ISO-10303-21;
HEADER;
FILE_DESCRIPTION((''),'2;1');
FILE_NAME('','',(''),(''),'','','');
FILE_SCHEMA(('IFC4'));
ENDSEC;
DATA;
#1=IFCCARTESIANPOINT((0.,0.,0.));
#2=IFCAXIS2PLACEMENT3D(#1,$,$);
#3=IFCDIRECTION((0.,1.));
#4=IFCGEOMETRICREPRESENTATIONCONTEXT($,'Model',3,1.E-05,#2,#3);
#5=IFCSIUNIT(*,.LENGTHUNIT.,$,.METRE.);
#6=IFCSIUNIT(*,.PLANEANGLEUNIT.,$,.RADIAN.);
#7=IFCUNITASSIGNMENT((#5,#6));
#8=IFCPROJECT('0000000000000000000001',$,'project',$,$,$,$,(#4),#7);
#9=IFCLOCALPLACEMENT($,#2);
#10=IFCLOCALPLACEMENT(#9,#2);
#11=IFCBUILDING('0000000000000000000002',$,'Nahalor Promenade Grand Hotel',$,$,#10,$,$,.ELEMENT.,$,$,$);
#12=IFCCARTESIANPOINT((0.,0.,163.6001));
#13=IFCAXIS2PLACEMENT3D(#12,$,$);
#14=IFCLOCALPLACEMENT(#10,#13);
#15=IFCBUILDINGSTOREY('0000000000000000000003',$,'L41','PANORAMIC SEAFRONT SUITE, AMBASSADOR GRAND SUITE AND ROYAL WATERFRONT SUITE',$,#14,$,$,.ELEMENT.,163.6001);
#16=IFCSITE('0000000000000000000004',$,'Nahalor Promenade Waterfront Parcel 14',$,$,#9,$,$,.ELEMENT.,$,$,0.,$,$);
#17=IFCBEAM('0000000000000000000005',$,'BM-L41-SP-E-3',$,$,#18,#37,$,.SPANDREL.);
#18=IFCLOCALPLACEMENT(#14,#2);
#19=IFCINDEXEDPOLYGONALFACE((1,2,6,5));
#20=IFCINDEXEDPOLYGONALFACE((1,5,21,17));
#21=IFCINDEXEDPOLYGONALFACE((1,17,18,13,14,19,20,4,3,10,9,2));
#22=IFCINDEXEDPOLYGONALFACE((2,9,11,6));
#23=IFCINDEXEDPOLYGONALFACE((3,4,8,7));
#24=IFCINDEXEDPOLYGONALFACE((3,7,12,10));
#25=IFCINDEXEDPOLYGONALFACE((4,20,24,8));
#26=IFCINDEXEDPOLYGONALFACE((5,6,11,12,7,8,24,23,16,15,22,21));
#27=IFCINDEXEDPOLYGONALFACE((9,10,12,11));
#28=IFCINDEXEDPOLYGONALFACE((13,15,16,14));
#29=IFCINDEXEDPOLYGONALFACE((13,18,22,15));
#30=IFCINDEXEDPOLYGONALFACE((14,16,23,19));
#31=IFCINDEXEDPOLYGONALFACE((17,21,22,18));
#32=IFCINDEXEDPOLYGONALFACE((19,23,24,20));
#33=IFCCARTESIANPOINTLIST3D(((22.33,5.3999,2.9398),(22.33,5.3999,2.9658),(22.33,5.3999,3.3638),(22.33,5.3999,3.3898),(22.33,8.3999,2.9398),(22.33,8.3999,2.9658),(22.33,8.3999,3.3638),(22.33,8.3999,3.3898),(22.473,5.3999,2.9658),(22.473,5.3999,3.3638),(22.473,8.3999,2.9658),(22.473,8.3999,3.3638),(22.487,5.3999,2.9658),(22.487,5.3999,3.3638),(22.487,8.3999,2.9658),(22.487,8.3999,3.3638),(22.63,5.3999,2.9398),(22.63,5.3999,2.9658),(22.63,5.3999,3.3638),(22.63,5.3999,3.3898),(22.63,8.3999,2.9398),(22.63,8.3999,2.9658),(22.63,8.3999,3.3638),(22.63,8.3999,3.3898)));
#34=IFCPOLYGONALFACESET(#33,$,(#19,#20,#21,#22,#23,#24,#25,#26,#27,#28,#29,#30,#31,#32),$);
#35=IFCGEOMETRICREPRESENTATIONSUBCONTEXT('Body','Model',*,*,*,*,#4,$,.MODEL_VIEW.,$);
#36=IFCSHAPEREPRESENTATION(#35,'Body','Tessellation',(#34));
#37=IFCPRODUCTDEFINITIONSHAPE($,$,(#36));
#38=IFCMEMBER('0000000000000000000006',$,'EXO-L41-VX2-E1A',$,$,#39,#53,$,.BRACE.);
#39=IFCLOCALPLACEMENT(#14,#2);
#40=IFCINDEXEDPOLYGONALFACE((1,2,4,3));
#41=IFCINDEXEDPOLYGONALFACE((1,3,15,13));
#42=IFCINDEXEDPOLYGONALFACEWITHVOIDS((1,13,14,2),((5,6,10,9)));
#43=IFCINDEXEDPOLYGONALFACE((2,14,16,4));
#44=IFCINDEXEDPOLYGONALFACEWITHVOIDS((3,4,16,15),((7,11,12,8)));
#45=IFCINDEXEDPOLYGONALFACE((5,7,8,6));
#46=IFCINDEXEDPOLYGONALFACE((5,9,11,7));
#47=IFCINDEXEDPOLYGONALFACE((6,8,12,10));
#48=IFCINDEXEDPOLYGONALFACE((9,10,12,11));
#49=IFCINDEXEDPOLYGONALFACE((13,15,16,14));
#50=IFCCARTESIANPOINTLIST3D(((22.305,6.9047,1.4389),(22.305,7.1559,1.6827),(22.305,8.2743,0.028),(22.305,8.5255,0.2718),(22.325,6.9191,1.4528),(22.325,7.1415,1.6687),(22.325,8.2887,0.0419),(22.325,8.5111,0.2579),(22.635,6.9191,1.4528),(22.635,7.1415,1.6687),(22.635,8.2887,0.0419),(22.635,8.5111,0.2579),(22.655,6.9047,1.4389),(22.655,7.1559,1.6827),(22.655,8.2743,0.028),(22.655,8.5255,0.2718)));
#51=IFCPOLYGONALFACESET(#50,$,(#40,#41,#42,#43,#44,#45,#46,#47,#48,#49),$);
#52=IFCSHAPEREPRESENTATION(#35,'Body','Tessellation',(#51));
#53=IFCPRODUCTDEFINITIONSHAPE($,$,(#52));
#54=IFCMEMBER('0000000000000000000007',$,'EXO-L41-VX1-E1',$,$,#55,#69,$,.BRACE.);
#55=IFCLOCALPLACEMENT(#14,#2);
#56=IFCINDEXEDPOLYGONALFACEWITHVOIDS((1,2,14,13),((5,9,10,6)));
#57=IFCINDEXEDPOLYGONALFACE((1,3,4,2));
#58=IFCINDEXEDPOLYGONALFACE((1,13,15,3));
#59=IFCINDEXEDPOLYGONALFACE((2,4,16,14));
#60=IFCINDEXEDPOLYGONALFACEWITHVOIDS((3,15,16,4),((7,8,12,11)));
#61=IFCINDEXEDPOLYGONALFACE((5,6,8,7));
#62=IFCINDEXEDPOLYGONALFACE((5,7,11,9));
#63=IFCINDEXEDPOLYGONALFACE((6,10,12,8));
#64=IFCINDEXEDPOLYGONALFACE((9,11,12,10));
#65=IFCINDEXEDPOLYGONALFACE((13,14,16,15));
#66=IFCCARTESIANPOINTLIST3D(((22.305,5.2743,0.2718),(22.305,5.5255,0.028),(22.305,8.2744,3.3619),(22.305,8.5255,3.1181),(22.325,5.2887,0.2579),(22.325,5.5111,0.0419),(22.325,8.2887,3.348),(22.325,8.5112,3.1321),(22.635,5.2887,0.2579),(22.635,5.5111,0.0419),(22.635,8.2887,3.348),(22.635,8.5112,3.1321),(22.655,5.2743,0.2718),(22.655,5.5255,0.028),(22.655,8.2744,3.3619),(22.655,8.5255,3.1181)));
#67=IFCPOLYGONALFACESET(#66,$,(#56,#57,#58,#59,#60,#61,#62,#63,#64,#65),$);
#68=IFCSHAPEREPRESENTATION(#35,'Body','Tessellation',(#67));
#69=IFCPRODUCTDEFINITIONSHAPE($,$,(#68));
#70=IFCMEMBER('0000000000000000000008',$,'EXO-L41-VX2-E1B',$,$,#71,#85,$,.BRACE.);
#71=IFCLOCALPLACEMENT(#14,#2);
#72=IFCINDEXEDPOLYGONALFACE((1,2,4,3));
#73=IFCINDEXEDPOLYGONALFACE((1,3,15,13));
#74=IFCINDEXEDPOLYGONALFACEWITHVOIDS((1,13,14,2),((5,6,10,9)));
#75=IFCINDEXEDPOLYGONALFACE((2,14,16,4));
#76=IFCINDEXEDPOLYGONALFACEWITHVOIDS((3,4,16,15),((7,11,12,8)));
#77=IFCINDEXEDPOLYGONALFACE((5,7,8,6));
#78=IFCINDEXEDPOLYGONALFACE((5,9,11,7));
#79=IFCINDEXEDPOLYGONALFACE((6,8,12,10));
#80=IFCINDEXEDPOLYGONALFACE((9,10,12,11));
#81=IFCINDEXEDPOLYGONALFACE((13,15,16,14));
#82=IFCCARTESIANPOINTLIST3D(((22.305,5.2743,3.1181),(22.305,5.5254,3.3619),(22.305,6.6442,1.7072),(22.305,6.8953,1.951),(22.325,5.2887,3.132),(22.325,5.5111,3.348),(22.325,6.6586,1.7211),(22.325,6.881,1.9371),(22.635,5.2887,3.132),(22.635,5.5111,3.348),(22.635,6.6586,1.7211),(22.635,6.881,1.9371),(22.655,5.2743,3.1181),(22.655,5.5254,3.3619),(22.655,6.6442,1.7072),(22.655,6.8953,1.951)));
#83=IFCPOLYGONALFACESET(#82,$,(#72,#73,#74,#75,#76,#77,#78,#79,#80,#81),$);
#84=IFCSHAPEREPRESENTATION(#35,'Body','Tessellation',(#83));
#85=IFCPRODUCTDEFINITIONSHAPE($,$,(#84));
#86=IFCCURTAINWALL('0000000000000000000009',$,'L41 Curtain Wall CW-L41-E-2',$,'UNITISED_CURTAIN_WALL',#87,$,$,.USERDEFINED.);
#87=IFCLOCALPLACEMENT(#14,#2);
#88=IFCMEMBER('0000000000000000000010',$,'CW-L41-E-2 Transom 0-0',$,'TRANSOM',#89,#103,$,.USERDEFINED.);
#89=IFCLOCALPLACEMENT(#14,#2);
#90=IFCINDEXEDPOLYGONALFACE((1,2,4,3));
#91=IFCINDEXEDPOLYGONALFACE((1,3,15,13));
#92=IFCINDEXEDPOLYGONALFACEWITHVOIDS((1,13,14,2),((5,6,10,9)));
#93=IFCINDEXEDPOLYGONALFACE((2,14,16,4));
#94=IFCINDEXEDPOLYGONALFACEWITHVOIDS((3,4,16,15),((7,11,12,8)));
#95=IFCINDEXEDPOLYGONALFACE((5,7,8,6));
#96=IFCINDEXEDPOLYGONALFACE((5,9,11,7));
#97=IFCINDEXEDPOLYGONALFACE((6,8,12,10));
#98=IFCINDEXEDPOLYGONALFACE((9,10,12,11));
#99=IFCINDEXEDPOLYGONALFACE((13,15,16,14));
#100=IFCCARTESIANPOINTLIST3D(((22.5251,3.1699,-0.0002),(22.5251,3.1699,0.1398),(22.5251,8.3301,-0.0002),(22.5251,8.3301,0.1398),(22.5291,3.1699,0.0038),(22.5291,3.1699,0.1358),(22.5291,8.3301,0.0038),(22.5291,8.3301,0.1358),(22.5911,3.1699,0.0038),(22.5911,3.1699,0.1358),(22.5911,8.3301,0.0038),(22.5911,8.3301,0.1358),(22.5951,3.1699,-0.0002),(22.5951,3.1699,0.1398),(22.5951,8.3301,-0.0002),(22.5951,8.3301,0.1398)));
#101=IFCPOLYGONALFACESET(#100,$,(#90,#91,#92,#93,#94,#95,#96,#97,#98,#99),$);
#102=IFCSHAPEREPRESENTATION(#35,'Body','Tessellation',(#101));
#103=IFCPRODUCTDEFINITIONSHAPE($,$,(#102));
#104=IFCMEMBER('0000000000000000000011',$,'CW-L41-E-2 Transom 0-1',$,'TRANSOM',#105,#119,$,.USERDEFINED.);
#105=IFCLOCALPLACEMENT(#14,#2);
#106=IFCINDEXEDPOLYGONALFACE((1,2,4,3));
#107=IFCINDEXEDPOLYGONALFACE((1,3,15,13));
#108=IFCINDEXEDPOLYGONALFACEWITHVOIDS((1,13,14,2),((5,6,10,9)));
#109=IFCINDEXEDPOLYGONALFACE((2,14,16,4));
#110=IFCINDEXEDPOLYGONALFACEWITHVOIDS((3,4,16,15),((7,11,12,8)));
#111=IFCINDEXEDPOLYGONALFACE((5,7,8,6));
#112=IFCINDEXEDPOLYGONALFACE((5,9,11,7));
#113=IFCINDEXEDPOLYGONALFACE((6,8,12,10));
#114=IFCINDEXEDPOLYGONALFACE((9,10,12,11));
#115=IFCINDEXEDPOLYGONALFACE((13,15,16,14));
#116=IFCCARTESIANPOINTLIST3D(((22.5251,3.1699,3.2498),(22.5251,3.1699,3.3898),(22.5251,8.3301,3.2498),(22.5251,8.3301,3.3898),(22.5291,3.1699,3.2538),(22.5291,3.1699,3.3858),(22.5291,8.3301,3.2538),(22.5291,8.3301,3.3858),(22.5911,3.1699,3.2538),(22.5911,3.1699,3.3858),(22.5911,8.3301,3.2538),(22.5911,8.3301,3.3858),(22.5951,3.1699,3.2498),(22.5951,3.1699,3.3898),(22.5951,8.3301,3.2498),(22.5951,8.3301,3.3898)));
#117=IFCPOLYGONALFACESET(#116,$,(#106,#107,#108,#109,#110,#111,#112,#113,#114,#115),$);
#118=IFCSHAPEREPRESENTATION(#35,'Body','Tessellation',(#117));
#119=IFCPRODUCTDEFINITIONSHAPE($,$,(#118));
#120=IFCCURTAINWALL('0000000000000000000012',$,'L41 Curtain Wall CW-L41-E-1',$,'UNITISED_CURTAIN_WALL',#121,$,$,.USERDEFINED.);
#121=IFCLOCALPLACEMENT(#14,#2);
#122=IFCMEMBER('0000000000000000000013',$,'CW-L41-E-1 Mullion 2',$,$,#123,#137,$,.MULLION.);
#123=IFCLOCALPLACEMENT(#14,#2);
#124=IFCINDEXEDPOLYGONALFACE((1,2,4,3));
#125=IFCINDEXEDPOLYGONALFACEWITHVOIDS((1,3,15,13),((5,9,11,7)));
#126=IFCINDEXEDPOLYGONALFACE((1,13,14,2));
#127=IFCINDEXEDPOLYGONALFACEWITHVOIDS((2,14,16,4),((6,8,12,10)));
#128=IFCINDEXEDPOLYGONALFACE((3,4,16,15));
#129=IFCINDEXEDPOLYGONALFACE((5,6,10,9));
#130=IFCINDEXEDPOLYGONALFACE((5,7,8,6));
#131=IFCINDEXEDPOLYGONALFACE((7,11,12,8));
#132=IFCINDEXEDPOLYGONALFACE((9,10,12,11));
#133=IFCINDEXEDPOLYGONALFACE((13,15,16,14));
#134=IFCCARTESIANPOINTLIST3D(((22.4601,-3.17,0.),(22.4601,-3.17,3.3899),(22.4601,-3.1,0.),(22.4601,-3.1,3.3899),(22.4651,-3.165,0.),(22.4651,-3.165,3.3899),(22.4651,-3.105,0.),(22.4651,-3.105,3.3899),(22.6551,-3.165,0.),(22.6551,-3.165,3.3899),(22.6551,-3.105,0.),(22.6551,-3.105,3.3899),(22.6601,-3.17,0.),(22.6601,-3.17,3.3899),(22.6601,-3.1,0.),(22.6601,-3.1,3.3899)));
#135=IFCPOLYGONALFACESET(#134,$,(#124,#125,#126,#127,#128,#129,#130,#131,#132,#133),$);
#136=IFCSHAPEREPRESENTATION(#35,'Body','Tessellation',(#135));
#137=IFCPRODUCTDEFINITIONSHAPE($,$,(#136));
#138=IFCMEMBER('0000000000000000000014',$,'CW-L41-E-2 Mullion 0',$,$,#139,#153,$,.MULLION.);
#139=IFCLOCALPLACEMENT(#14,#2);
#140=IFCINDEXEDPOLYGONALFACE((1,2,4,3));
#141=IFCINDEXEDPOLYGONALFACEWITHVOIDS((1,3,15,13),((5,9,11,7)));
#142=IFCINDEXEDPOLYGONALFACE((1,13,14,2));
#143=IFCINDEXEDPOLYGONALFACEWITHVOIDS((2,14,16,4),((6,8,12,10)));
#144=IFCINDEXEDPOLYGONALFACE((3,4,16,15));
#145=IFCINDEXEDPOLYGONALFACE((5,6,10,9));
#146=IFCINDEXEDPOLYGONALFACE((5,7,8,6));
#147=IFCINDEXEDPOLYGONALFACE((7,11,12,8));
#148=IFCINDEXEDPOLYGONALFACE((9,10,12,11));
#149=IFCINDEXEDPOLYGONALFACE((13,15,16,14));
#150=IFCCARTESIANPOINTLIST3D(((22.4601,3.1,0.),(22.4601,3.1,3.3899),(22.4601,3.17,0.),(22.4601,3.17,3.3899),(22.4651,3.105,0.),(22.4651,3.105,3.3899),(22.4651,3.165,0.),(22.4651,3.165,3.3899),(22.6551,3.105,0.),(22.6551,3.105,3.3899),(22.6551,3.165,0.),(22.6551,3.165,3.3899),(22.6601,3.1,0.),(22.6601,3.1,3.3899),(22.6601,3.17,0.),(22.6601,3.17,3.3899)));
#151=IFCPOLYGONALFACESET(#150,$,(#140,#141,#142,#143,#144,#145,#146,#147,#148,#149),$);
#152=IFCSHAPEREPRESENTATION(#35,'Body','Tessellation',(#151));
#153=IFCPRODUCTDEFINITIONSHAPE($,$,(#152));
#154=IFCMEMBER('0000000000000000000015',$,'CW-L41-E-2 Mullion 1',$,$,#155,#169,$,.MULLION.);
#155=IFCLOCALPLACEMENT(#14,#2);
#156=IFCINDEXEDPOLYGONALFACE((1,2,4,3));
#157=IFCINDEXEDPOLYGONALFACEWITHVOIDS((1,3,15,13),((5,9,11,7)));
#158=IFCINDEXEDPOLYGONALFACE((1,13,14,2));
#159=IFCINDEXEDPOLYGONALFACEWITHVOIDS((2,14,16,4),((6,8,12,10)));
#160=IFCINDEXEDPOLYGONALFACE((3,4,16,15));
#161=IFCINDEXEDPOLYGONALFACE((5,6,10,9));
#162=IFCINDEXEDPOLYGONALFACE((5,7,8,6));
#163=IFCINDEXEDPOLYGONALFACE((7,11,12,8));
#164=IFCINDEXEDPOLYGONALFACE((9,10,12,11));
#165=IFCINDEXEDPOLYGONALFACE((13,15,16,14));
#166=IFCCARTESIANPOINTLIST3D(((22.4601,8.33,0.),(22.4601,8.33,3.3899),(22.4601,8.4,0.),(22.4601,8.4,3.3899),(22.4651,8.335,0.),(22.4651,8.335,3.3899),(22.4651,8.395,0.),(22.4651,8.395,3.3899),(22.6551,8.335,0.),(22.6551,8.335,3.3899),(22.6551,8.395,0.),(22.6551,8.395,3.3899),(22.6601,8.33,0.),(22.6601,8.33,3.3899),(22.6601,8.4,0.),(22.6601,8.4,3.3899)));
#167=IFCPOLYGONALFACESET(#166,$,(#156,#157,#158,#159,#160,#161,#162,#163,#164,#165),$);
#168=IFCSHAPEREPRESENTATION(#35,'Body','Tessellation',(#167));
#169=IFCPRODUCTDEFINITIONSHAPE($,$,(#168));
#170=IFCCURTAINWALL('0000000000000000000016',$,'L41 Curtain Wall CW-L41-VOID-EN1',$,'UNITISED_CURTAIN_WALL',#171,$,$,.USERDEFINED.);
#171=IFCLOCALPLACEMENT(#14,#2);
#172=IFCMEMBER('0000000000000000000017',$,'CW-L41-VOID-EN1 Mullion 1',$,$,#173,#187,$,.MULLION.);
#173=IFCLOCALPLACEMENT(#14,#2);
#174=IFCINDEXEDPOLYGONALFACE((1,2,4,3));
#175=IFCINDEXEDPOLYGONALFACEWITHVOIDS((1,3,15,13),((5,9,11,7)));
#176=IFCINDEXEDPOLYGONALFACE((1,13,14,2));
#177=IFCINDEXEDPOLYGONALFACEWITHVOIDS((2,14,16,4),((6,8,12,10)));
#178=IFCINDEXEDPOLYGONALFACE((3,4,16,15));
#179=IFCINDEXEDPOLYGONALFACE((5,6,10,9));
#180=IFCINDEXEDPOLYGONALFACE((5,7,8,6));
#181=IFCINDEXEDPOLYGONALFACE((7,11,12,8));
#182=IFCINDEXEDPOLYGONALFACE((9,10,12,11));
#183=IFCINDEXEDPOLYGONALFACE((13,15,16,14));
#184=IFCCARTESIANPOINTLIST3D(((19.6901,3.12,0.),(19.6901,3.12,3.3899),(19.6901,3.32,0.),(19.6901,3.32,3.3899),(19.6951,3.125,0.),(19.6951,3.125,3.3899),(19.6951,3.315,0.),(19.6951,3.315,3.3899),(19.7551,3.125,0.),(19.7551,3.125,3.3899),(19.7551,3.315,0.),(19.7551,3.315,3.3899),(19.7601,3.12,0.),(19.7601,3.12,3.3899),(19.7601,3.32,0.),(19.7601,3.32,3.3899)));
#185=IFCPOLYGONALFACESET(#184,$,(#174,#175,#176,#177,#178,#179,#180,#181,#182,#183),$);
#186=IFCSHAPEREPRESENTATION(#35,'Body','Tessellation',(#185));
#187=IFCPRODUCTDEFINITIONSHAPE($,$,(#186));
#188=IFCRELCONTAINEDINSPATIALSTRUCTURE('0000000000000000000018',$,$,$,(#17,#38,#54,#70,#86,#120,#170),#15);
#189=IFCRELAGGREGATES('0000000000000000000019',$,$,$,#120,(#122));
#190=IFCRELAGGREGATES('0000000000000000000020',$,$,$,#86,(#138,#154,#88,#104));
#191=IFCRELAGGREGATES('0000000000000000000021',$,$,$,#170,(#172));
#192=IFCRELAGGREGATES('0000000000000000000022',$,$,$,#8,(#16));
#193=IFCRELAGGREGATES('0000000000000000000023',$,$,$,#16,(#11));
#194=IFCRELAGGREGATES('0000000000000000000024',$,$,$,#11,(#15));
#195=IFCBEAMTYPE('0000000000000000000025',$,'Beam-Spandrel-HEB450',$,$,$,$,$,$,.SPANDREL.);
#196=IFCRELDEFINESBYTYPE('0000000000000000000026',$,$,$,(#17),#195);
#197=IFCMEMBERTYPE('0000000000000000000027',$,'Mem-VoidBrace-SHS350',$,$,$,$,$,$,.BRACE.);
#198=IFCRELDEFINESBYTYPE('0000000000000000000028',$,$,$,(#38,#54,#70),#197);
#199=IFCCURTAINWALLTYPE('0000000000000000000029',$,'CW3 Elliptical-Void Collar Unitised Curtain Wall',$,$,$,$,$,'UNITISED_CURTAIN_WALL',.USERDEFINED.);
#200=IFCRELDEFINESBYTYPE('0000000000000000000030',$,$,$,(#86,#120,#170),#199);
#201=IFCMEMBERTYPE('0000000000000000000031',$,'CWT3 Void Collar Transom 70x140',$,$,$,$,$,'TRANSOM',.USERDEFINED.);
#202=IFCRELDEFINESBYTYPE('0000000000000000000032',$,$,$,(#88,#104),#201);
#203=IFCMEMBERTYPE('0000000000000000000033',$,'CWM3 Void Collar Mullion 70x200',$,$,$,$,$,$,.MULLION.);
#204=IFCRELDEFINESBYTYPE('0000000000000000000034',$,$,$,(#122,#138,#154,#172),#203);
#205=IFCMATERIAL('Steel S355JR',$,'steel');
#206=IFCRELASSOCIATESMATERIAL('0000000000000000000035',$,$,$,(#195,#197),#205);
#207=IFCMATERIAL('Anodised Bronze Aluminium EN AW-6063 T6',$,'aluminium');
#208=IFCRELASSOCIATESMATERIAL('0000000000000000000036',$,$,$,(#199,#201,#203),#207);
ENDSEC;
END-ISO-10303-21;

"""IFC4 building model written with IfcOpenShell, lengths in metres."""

from ifc_helpers import new_model, si_unit, direction, frame, origin, origin_2d, place, context, subcontext, project, spatial, hollow_rectangle, i_section, extrude, source, transform, mapped, material, material_profile, profile_set, type_object, element, aggregate, save


model = new_model("IFC4")

# Units and contexts
model_context = context("Model", 3, precision=1e-05, world=origin(), true_north=direction((0.0, 1.0)))
body_context = subcontext(model_context, "Body", "Model", "MODEL_VIEW")
ifc_project = project(units=[si_unit("LENGTHUNIT", "METRE"), si_unit("PLANEANGLEUNIT", "RADIAN")], contexts=[model_context])

# Site, building, storey
site_placement = place(None, origin())
site = spatial("IfcSite", under=ifc_project, at=site_placement, Name="Nahalor Promenade Waterfront Parcel 14", CompositionType="ELEMENT", RefElevation=0.0)
building_placement = place(site_placement, origin())
building = spatial("IfcBuilding", under=site, at=building_placement, Name="Nahalor Promenade Grand Hotel", CompositionType="ELEMENT")
storey_placement = place(building_placement, frame((0.0, 0.0, 163.6001)))
storey = spatial("IfcBuildingStorey", under=building, at=storey_placement, Name="L41", Description="PANORAMIC SEAFRONT SUITE, AMBASSADOR GRAND SUITE AND ROYAL WATERFRONT SUITE", CompositionType="ELEMENT", Elevation=163.6001)

# Beam
ifc_material_1 = material(Name="Steel S355JR", Category="steel")
ifc_material_profile_1 = material_profile(ifc_material_1, i_section(OverallWidth=0.3, OverallDepth=0.45, WebThickness=0.014, FlangeThickness=0.026, at=origin_2d()), Name="HEB 450")
ifc_profile_set_1 = profile_set([ifc_material_profile_1], Name="Steel S355JR")
beam_type_1 = type_object("IfcBeamType", Name="Beam-Spandrel-HEB450", PredefinedType="SPANDREL", material=ifc_profile_set_1)
shared_shape_1 = source(origin(), body_context, "Body", "SweptSolid", [
    extrude(i_section(OverallWidth=0.3, OverallDepth=0.45, WebThickness=0.014, FlangeThickness=0.026, at=origin_2d()), origin(), (0.0, 0.0, 1.0), 3.0),
])
beam_1_placement = place(storey_placement, frame((22.48, 5.3999, 3.1648), z_axis=(0.0, 1.0, 0.0), x_axis=(-1.0, 0.0, 0.0)))
element("IfcBeam", 1, at=beam_1_placement, inside=storey, type_object=beam_type_1, Name="BM-L41-SP-E-3", PredefinedType="SPANDREL", context=body_context, shape_type="MappedRepresentation", body=[
    mapped(shared_shape_1, transform((0.0, 0.0, 0.0), scale=1.0)),
])

# Members
ifc_material_profile_2 = material_profile(ifc_material_1, hollow_rectangle(XDim=0.35, YDim=0.35, WallThickness=0.02, at=origin_2d()), Name="SHS 350x350x20")
ifc_profile_set_2 = profile_set([ifc_material_profile_2], Name="Steel S355JR")
member_type_1 = type_object("IfcMemberType", Name="Mem-VoidBrace-SHS350", PredefinedType="BRACE", material=ifc_profile_set_2)
shared_shape_2 = source(origin(), body_context, "Body", "SweptSolid", [
    extrude(hollow_rectangle(XDim=0.35, YDim=0.35, WallThickness=0.02, at=origin_2d()), origin(), (0.0, 0.0, 1.0), 1.9663),
])
member_1_placement = place(storey_placement, frame((22.48, 8.3999, 0.1499), z_axis=(0.0, -0.696537, 0.71752), x_axis=(1.0, 0.0, 0.0)))
element("IfcMember", 2, at=member_1_placement, inside=storey, type_object=member_type_1, Name="EXO-L41-VX2-E1A", PredefinedType="BRACE", context=body_context, shape_type="MappedRepresentation", body=[
    mapped(shared_shape_2, transform((0.0, 0.0, 0.0), scale=1.0)),
])
shared_shape_3 = source(origin(), body_context, "Body", "SweptSolid", [
    extrude(hollow_rectangle(XDim=0.35, YDim=0.35, WallThickness=0.02, at=origin_2d()), origin(), (0.0, 0.0, 1.0), 4.3069),
])
member_2_placement = place(storey_placement, frame((22.48, 5.3999, 0.1499), z_axis=(0.0, 0.696571, 0.717488), x_axis=(-1.0, 0.0, 0.0)))
element("IfcMember", 3, at=member_2_placement, inside=storey, type_object=member_type_1, Name="EXO-L41-VX1-E1", PredefinedType="BRACE", context=body_context, shape_type="MappedRepresentation", body=[
    mapped(shared_shape_3, transform((0.0, 0.0, 0.0), scale=1.0)),
])
shared_shape_4 = source(origin(), body_context, "Body", "SweptSolid", [
    extrude(hollow_rectangle(XDim=0.35, YDim=0.35, WallThickness=0.02, at=origin_2d()), origin(), (0.0, 0.0, 1.0), 1.9666),
])
member_3_placement = place(storey_placement, frame((22.48, 6.7698, 1.8291), z_axis=(0.0, -0.696601, 0.717458), x_axis=(1.0, 0.0, 0.0)))
element("IfcMember", 4, at=member_3_placement, inside=storey, type_object=member_type_1, Name="EXO-L41-VX2-E1B", PredefinedType="BRACE", context=body_context, shape_type="MappedRepresentation", body=[
    mapped(shared_shape_4, transform((0.0, 0.0, 0.0), scale=1.0)),
])

# Curtain wall, members
ifc_material_2 = material(Name="Anodised Bronze Aluminium EN AW-6063 T6", Category="aluminium")
curtain_wall_type = type_object("IfcCurtainWallType", Name="CW3 Elliptical-Void Collar Unitised Curtain Wall", ElementType="UNITISED_CURTAIN_WALL", PredefinedType="USERDEFINED", material=ifc_material_2)
curtain_wall_1_placement = place(storey_placement, origin())
curtain_wall_1 = element("IfcCurtainWall", 5, at=curtain_wall_1_placement, inside=storey, type_object=curtain_wall_type, Name="L41 Curtain Wall CW-L41-E-2", ObjectType="UNITISED_CURTAIN_WALL", PredefinedType="USERDEFINED")
ifc_material_profile_3 = material_profile(ifc_material_2, hollow_rectangle(XDim=0.07, YDim=0.14, WallThickness=0.004, at=origin_2d()), Name="CWT 70x140x4")
ifc_profile_set_3 = profile_set([ifc_material_profile_3], Name="Anodised Bronze Aluminium EN AW-6063 T6")
member_type_2 = type_object("IfcMemberType", Name="CWT3 Void Collar Transom 70x140", ElementType="TRANSOM", PredefinedType="USERDEFINED", material=ifc_profile_set_3)
shared_shape_5 = source(origin(), body_context, "Body", "SweptSolid", [
    extrude(hollow_rectangle(XDim=0.07, YDim=0.14, WallThickness=0.004, at=origin_2d()), origin(), (0.0, 0.0, 1.0), 5.1602),
])
member_4_placement = place(storey_placement, frame((22.5601, 3.1699, 0.0698), z_axis=(0.0, 1.0, 0.0), x_axis=(-1.0, 0.0, 0.0)))
member_4 = element("IfcMember", 6, at=member_4_placement, type_object=member_type_2, Name="CW-L41-E-2 Transom 0-0", ObjectType="TRANSOM", PredefinedType="USERDEFINED", context=body_context, shape_type="MappedRepresentation", body=[
    mapped(shared_shape_5, transform((0.0, 0.0, 0.0), scale=1.0)),
])
member_5_placement = place(storey_placement, frame((22.5601, 3.1699, 3.3198), z_axis=(0.0, 1.0, 0.0), x_axis=(-1.0, 0.0, 0.0)))
member_5 = element("IfcMember", 7, at=member_5_placement, type_object=member_type_2, Name="CW-L41-E-2 Transom 0-1", ObjectType="TRANSOM", PredefinedType="USERDEFINED", context=body_context, shape_type="MappedRepresentation", body=[
    mapped(shared_shape_5, transform((0.0, 0.0, 0.0), scale=1.0)),
])

# Curtain wall, member
curtain_wall_2_placement = place(storey_placement, origin())
curtain_wall_2 = element("IfcCurtainWall", 8, at=curtain_wall_2_placement, inside=storey, type_object=curtain_wall_type, Name="L41 Curtain Wall CW-L41-E-1", ObjectType="UNITISED_CURTAIN_WALL", PredefinedType="USERDEFINED")
ifc_material_profile_4 = material_profile(ifc_material_2, hollow_rectangle(XDim=0.07, YDim=0.2, WallThickness=0.005, at=origin_2d()), Name="CWM 70x200x5")
ifc_profile_set_4 = profile_set([ifc_material_profile_4], Name="Anodised Bronze Aluminium EN AW-6063 T6")
member_type_3 = type_object("IfcMemberType", Name="CWM3 Void Collar Mullion 70x200", PredefinedType="MULLION", material=ifc_profile_set_4)
shared_shape_6 = source(origin(), body_context, "Body", "SweptSolid", [
    extrude(hollow_rectangle(XDim=0.07, YDim=0.2, WallThickness=0.005, at=origin_2d()), origin(), (0.0, 0.0, 1.0), 3.3899),
])
member_6_placement = place(storey_placement, frame((22.5601, -3.135, 0.0), z_axis=(0.0, 0.0, 1.0), x_axis=(0.0, 1.0, 0.0)))
member_6 = element("IfcMember", 9, at=member_6_placement, type_object=member_type_3, Name="CW-L41-E-1 Mullion 2", PredefinedType="MULLION", context=body_context, shape_type="MappedRepresentation", body=[
    mapped(shared_shape_6, transform((0.0, 0.0, 0.0), scale=1.0)),
])
aggregate(curtain_wall_2, [member_6])

# Members
member_7_placement = place(storey_placement, frame((22.5601, 3.135, 0.0), z_axis=(0.0, 0.0, 1.0), x_axis=(0.0, 1.0, 0.0)))
member_7 = element("IfcMember", 10, at=member_7_placement, type_object=member_type_3, Name="CW-L41-E-2 Mullion 0", PredefinedType="MULLION", context=body_context, shape_type="MappedRepresentation", body=[
    mapped(shared_shape_6, transform((0.0, 0.0, 0.0), scale=1.0)),
])
member_8_placement = place(storey_placement, frame((22.5601, 8.365, 0.0), z_axis=(0.0, 0.0, 1.0), x_axis=(0.0, 1.0, 0.0)))
member_8 = element("IfcMember", 11, at=member_8_placement, type_object=member_type_3, Name="CW-L41-E-2 Mullion 1", PredefinedType="MULLION", context=body_context, shape_type="MappedRepresentation", body=[
    mapped(shared_shape_6, transform((0.0, 0.0, 0.0), scale=1.0)),
])

# Curtain wall, member
curtain_wall_3_placement = place(storey_placement, origin())
curtain_wall_3 = element("IfcCurtainWall", 12, at=curtain_wall_3_placement, inside=storey, type_object=curtain_wall_type, Name="L41 Curtain Wall CW-L41-VOID-EN1", ObjectType="UNITISED_CURTAIN_WALL", PredefinedType="USERDEFINED")
member_9_placement = place(storey_placement, frame((19.7251, 3.22, 0.0), z_axis=(0.0, 0.0, 1.0), x_axis=(1.0, 0.0, 0.0)))
member_9 = element("IfcMember", 13, at=member_9_placement, type_object=member_type_3, Name="CW-L41-VOID-EN1 Mullion 1", PredefinedType="MULLION", context=body_context, shape_type="MappedRepresentation", body=[
    mapped(shared_shape_6, transform((0.0, 0.0, 0.0), scale=1.0)),
])

aggregate(curtain_wall_1, [member_7, member_8, member_4, member_5])
aggregate(curtain_wall_3, [member_9])

save(model, "model.ifc")
